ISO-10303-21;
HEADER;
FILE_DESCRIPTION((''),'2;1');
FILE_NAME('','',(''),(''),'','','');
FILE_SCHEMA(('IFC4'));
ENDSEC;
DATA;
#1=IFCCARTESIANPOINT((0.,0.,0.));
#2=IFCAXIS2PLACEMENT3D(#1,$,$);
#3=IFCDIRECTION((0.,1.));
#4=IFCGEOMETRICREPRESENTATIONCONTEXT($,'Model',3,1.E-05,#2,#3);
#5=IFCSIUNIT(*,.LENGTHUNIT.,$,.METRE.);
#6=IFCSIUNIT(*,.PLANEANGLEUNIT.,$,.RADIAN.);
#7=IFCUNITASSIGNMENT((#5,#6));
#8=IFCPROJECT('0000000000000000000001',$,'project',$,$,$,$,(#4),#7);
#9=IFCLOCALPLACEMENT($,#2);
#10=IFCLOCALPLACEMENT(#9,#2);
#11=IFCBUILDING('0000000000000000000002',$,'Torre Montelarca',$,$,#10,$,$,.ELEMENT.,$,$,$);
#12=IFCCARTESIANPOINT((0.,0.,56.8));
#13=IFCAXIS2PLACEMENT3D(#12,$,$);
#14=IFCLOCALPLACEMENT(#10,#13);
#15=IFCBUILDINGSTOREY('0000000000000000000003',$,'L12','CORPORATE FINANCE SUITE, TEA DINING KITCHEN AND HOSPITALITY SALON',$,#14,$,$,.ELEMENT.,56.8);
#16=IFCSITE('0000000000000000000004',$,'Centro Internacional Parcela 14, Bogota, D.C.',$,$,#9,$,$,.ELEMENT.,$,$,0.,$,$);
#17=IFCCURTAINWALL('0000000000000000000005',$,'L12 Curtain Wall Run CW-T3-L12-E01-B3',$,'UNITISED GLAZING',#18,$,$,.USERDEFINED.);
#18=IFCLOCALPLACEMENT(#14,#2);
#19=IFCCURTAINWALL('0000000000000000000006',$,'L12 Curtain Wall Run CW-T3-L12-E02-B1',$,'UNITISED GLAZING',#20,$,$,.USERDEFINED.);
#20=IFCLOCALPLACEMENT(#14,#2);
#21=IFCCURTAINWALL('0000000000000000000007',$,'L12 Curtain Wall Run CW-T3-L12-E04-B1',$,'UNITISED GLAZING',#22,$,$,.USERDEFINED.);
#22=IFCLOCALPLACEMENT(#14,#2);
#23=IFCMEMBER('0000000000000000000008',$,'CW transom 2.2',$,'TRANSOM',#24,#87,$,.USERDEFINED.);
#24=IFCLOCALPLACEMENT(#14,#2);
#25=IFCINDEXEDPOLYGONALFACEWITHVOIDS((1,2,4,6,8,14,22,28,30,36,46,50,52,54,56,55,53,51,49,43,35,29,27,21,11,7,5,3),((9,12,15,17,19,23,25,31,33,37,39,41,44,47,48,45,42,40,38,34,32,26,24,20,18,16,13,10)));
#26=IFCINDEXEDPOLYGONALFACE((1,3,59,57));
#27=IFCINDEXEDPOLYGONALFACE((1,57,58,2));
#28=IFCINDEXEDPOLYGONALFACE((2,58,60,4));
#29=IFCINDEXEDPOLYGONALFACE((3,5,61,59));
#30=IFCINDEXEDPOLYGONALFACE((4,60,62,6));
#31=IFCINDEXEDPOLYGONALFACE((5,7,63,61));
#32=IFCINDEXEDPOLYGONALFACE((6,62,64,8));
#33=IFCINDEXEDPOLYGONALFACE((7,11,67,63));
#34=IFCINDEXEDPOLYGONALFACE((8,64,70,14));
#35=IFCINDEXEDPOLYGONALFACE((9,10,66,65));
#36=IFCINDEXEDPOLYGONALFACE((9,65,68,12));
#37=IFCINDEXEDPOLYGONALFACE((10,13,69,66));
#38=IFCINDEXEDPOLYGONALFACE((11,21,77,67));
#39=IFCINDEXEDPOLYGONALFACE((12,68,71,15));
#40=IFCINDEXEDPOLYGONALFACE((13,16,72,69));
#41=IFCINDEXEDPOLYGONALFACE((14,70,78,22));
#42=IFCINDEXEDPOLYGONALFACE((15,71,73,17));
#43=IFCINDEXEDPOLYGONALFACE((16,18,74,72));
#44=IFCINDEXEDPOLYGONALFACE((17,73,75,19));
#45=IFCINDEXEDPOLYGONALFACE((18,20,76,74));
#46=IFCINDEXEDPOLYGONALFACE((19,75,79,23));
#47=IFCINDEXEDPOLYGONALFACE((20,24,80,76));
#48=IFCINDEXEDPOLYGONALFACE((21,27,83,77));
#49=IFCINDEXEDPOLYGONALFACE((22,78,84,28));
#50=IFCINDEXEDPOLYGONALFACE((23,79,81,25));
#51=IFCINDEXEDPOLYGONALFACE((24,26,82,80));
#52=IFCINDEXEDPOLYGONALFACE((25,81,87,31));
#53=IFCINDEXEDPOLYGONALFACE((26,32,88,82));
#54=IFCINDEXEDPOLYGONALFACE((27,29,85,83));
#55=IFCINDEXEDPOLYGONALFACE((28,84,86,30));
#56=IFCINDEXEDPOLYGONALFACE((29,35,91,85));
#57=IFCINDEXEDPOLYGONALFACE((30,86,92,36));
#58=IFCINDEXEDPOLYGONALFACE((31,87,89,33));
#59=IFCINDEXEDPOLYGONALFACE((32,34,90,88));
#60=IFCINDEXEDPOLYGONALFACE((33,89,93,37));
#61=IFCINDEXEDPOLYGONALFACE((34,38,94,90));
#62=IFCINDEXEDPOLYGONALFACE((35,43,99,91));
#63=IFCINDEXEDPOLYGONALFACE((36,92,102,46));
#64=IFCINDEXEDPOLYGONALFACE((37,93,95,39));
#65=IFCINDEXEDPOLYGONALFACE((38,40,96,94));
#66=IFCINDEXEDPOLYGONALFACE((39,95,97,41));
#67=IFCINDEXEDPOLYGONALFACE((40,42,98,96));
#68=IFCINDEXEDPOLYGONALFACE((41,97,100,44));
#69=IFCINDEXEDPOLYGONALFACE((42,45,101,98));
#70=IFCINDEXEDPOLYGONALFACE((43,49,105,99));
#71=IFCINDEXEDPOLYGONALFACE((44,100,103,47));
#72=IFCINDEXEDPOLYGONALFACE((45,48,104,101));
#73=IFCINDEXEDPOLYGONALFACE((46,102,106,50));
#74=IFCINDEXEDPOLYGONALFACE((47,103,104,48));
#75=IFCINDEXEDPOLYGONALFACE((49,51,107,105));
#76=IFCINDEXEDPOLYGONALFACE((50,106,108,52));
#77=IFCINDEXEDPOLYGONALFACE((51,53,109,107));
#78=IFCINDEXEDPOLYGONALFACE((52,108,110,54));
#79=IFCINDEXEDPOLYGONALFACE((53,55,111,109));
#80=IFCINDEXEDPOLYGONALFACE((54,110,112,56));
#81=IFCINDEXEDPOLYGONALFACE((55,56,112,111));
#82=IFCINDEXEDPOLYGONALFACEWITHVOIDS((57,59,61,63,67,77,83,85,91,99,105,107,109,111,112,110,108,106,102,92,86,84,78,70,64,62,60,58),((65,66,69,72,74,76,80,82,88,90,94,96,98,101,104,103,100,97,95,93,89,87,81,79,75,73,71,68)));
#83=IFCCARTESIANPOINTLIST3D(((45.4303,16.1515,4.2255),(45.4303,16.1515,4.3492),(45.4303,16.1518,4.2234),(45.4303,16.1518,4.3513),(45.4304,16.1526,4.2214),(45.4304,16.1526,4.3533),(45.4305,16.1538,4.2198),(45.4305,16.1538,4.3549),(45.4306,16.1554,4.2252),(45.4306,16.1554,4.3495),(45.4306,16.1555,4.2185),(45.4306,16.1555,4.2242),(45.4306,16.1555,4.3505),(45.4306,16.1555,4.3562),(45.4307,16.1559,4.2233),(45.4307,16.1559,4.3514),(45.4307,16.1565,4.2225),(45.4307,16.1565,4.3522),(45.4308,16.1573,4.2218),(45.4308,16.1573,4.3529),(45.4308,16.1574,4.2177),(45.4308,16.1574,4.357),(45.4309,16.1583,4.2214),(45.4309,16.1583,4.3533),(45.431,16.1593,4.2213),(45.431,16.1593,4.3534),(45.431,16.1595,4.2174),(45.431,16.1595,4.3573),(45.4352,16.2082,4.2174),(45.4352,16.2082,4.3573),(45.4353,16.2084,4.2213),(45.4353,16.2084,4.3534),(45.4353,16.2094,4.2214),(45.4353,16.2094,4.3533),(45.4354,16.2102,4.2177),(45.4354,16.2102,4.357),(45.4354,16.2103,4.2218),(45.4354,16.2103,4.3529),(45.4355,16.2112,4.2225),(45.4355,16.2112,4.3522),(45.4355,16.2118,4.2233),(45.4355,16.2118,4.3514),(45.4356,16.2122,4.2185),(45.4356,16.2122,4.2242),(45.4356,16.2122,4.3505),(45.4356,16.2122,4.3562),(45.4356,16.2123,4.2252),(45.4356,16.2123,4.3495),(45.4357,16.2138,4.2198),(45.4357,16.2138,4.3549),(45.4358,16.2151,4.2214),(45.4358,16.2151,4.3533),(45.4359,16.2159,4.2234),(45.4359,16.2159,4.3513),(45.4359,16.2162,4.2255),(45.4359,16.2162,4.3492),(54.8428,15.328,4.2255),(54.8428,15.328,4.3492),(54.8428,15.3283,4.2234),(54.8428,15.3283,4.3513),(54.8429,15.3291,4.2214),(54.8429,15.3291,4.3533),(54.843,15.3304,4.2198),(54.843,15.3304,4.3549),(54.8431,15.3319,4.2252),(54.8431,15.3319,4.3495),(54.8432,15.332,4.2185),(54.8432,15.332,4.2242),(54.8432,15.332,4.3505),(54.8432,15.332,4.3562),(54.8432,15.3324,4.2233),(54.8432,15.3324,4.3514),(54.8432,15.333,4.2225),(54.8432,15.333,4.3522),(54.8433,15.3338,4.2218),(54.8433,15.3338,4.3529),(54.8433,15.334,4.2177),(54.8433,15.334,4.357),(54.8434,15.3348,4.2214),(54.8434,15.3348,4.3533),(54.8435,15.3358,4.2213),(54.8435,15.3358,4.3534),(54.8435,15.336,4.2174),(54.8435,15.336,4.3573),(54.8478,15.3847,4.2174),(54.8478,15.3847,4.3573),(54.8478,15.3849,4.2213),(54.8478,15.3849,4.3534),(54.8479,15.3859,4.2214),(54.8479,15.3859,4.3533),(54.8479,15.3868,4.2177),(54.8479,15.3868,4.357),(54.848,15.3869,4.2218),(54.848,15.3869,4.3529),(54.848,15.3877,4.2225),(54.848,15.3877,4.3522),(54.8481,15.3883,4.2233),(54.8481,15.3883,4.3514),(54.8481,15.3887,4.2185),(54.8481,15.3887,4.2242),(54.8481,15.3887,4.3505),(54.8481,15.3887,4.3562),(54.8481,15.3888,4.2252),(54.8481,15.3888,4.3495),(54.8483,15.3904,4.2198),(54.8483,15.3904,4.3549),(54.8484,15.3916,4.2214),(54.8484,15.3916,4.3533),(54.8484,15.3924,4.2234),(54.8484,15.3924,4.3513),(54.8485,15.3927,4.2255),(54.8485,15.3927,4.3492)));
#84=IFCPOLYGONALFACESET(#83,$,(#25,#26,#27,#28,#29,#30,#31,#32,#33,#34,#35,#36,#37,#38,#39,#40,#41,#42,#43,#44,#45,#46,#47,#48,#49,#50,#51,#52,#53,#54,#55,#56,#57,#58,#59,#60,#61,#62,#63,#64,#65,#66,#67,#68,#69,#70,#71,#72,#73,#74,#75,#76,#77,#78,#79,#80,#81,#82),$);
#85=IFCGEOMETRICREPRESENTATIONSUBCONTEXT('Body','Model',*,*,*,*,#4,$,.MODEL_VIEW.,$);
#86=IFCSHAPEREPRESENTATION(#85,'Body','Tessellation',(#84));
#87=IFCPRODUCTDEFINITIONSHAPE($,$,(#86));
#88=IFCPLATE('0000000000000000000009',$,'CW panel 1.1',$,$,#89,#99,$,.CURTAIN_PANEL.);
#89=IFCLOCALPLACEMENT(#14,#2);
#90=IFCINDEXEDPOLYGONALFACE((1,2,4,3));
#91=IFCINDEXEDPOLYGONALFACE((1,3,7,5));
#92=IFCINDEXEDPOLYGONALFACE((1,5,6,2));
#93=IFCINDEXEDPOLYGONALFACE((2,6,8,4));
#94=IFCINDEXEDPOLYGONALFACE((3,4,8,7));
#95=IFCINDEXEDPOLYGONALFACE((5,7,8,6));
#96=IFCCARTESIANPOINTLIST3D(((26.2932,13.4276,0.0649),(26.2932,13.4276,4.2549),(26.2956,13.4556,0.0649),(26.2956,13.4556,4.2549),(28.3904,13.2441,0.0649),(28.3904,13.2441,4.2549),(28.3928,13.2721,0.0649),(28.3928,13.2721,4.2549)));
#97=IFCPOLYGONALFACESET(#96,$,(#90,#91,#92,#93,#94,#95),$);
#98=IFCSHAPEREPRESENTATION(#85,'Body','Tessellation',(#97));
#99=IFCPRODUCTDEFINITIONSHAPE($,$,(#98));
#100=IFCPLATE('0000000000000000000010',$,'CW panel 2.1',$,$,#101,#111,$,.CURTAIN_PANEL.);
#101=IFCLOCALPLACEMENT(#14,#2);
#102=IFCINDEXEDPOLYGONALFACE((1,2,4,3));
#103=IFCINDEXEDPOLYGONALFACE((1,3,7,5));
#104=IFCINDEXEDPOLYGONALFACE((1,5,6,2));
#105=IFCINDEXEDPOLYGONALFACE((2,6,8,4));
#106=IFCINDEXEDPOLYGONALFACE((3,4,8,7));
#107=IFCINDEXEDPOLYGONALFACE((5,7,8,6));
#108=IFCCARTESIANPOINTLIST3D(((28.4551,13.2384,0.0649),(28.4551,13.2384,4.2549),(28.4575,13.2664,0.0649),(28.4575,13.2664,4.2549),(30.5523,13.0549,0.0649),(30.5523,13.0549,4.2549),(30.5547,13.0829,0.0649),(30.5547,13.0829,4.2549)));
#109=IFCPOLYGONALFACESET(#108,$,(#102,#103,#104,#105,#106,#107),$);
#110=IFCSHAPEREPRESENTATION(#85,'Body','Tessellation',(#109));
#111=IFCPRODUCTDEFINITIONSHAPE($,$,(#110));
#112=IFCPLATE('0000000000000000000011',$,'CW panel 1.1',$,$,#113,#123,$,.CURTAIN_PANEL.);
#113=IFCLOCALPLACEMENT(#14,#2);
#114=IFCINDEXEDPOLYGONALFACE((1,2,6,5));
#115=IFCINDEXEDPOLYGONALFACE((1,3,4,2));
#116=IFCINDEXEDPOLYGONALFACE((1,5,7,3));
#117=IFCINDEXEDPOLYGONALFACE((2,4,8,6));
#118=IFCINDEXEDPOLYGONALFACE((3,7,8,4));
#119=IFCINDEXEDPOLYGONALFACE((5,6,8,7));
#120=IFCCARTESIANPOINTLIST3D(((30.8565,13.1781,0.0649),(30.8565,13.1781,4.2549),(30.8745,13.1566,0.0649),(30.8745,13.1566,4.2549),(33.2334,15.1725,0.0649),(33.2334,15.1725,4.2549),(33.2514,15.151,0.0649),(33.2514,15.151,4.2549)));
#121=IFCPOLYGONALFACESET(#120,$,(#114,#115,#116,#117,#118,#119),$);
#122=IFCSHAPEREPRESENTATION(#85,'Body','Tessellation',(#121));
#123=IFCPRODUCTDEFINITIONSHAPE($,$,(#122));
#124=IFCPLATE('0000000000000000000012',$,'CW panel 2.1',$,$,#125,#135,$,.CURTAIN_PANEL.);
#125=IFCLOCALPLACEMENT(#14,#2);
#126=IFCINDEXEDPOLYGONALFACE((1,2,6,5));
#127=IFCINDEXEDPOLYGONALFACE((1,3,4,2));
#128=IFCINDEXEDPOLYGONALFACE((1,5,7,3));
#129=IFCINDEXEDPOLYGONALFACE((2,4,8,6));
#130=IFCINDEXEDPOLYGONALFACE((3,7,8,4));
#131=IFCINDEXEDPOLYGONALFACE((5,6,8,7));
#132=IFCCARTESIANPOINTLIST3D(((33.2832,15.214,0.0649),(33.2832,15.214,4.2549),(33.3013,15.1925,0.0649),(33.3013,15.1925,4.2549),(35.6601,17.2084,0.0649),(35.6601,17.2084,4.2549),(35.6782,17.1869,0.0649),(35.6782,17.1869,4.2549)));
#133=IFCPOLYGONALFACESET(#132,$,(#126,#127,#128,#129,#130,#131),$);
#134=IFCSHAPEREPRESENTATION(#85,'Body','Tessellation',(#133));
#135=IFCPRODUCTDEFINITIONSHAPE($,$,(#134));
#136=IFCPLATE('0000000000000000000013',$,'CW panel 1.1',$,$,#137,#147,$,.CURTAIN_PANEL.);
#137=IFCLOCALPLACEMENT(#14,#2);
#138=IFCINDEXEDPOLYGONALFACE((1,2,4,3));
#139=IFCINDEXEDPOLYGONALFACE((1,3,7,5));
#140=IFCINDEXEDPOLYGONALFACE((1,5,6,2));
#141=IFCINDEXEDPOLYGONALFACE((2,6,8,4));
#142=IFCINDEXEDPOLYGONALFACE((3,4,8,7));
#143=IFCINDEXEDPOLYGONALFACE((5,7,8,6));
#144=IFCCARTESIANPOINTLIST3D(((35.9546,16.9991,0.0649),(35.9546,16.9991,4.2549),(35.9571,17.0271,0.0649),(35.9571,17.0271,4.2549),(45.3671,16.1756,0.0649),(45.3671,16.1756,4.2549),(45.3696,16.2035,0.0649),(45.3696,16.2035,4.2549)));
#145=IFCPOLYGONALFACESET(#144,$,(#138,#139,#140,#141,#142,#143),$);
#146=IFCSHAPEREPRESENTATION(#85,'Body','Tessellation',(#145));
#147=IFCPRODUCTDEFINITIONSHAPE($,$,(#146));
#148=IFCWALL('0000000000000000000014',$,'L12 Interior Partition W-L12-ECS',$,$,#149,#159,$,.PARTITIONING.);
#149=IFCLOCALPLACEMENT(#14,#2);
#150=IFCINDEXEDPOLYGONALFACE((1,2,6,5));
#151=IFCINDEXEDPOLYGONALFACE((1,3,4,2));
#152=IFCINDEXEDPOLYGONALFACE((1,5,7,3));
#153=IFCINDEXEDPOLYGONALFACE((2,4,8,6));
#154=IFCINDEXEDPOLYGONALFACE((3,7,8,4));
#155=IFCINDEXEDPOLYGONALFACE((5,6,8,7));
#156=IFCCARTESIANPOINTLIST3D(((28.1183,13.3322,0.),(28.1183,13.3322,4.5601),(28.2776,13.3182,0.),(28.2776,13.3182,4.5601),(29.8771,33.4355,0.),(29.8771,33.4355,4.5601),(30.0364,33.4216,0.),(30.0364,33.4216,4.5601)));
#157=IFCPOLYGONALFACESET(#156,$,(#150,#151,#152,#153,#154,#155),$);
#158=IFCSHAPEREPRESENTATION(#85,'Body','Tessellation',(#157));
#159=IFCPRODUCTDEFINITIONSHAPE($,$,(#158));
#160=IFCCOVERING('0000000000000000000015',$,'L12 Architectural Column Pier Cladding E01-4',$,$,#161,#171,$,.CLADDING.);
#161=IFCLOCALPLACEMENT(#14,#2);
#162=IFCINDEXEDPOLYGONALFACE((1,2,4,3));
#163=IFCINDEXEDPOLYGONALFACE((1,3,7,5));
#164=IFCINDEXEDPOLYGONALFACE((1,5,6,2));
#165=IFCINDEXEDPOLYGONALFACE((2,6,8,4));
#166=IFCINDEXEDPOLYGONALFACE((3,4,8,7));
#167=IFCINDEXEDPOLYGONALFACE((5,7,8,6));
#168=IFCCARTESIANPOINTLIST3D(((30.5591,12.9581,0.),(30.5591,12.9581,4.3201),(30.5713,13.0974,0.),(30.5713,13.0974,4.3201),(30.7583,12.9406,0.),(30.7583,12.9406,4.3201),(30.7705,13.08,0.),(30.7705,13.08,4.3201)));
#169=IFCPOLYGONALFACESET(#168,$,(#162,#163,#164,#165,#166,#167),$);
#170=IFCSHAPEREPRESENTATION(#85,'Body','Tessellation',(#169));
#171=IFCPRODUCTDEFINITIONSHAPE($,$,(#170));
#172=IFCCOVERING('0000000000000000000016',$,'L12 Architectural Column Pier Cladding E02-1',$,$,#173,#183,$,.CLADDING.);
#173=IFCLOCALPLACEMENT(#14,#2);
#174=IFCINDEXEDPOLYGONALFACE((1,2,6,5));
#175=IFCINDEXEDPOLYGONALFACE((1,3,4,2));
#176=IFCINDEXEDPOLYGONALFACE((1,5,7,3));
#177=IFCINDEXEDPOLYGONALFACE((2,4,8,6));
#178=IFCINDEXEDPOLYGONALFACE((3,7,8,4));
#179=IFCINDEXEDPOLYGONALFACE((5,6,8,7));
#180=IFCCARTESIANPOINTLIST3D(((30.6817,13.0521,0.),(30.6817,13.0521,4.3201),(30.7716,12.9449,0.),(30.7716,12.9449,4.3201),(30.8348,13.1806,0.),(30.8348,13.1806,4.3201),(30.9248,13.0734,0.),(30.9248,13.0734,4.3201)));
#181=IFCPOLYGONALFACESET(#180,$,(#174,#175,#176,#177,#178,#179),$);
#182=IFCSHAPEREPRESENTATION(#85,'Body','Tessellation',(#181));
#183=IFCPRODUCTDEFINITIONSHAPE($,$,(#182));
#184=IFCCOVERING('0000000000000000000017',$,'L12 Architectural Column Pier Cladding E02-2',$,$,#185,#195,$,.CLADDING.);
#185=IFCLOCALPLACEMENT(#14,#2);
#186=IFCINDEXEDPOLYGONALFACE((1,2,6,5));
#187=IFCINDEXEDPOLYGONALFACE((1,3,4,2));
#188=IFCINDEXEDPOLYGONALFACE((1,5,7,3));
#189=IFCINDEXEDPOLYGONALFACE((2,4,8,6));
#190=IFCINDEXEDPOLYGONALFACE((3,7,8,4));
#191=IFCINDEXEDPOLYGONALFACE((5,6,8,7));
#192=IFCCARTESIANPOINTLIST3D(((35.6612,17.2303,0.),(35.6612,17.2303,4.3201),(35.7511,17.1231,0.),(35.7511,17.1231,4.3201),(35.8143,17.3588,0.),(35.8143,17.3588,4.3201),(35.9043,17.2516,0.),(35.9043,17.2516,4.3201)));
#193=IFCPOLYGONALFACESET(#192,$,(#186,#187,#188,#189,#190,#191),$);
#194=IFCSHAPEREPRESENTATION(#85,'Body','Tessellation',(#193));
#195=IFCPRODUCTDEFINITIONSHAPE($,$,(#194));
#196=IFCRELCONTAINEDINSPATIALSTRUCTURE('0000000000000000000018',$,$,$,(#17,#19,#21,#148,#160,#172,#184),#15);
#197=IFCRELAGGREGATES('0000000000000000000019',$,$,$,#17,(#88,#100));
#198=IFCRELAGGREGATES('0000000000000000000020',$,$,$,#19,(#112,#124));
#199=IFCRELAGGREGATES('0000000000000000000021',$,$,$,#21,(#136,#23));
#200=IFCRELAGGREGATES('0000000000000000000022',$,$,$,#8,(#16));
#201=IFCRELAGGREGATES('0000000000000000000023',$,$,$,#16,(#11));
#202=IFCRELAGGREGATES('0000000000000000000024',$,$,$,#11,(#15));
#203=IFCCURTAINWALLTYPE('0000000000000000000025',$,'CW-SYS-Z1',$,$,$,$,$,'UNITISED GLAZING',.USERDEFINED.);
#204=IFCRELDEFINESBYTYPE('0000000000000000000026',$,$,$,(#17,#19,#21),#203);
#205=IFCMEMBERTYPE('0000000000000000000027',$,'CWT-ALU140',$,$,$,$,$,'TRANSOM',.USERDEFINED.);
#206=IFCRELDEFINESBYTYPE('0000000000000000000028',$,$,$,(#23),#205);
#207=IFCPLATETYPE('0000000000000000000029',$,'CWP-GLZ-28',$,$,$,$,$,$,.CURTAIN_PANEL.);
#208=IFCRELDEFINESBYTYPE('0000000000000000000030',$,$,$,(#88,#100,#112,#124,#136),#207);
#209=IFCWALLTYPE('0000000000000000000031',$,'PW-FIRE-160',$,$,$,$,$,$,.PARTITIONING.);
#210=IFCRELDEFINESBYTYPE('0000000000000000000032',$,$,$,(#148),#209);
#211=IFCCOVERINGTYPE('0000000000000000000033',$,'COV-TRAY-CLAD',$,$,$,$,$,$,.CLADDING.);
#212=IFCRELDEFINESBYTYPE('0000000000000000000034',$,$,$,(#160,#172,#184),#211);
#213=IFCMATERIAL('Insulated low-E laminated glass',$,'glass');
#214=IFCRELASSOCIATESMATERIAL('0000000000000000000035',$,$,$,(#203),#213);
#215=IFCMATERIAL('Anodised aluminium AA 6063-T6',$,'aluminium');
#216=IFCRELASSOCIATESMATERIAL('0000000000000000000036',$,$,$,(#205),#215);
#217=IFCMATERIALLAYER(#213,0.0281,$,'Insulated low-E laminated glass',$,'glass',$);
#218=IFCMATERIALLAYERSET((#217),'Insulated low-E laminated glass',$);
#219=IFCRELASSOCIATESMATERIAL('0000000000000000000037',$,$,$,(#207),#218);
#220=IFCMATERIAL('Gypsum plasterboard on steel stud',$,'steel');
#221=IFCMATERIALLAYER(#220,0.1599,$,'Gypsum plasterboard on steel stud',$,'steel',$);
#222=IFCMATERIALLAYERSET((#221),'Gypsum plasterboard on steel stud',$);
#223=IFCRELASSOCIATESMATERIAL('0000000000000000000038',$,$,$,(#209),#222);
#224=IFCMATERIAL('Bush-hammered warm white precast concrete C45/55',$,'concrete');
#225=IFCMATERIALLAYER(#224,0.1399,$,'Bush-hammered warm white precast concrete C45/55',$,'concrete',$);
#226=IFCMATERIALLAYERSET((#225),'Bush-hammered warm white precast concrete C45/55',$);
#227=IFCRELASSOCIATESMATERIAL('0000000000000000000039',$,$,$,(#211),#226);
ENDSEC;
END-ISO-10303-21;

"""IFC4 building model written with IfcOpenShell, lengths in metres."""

from ifc_helpers import new_model, si_unit, direction, frame, frame_2d, origin, origin_2d, place, context, subcontext, project, spatial, rectangle, hollow_rectangle, extrude, source, transform, mapped, material, layer, layer_set, material_profile, profile_set, type_object, element, aggregate, save


model = new_model("IFC4")

# Units and contexts
model_context = context("Model", 3, precision=1e-05, world=origin(), true_north=direction((0.0, 1.0)))
body_context = subcontext(model_context, "Body", "Model", "MODEL_VIEW")
ifc_project = project(units=[si_unit("LENGTHUNIT", "METRE"), si_unit("PLANEANGLEUNIT", "RADIAN")], contexts=[model_context])

# Site, building, storey
site_placement = place(None, origin())
site = spatial("IfcSite", under=ifc_project, at=site_placement, Name="Centro Internacional Parcela 14, Bogota, D.C.", CompositionType="ELEMENT", RefElevation=0.0)
building_placement = place(site_placement, origin())
building = spatial("IfcBuilding", under=site, at=building_placement, Name="Torre Montelarca", CompositionType="ELEMENT")
storey_placement = place(building_placement, frame((0.0, 0.0, 56.8)))
storey = spatial("IfcBuildingStorey", under=building, at=storey_placement, Name="L12", Description="CORPORATE FINANCE SUITE, TEA DINING KITCHEN AND HOSPITALITY SALON", CompositionType="ELEMENT", Elevation=56.8)

# Shared definitions
ifc_material_1 = material(Name="Insulated low-E laminated glass", Category="glass")
curtain_wall_type = type_object("IfcCurtainWallType", Name="CW-SYS-Z1", ElementType="UNITISED GLAZING", PredefinedType="USERDEFINED", material=ifc_material_1)
ifc_material_2 = material(Name="Anodised aluminium AA 6063-T6", Category="aluminium")

# Curtain walls
curtain_wall_1_placement = place(storey_placement, origin())
curtain_wall_1 = element("IfcCurtainWall", 1, at=curtain_wall_1_placement, inside=storey, type_object=curtain_wall_type, Name="L12 Curtain Wall Run CW-T3-L12-E01-B3", ObjectType="UNITISED GLAZING", PredefinedType="USERDEFINED")
curtain_wall_2_placement = place(storey_placement, origin())
curtain_wall_2 = element("IfcCurtainWall", 2, at=curtain_wall_2_placement, inside=storey, type_object=curtain_wall_type, Name="L12 Curtain Wall Run CW-T3-L12-E02-B1", ObjectType="UNITISED GLAZING", PredefinedType="USERDEFINED")
curtain_wall_3_placement = place(storey_placement, origin())
curtain_wall_3 = element("IfcCurtainWall", 3, at=curtain_wall_3_placement, inside=storey, type_object=curtain_wall_type, Name="L12 Curtain Wall Run CW-T3-L12-E04-B1", ObjectType="UNITISED GLAZING", PredefinedType="USERDEFINED")

# Member
ifc_material_profile_1 = material_profile(ifc_material_2, hollow_rectangle(XDim=0.0649, YDim=0.1399, WallThickness=0.0039, InnerFilletRadius=0.0039, OuterFilletRadius=0.0081, at=origin_2d()), Name="ALU65X140X4", Category="aluminium")
ifc_profile_set_1 = profile_set([ifc_material_profile_1], Name="Anodised aluminium AA 6063-T6")
member_type_1 = type_object("IfcMemberType", Name="CWT-ALU140", ElementType="TRANSOM", PredefinedType="USERDEFINED", material=ifc_profile_set_1)
shared_shape_1 = source(origin(), body_context, "Body", "SweptSolid", [
    extrude(hollow_rectangle(XDim=0.0649, YDim=0.1399, WallThickness=0.0039, InnerFilletRadius=0.0039, OuterFilletRadius=0.0081, at=origin_2d()), origin(), (0.0, 0.0, 1.0), 9.4485),
])
member_1_placement = place(storey_placement, frame((45.4331, 16.1838, 4.2874), z_axis=(0.996195, -0.087155, 0.0), x_axis=(0.087155, 0.996195, 0.0)))
member_1 = element("IfcMember", 4, at=member_1_placement, type_object=member_type_1, Name="CW transom 2.2", ObjectType="TRANSOM", PredefinedType="USERDEFINED", context=body_context, shape_type="MappedRepresentation", body=[
    mapped(shared_shape_1, transform((0.0, 0.0, 0.0), scale=1.0)),
])

# Plates
ifc_layer_1 = layer(ifc_material_1, 0.0281, Name="Insulated low-E laminated glass", Category="glass")
ifc_layer_set_1 = layer_set([ifc_layer_1], Name="Insulated low-E laminated glass")
plate_type = type_object("IfcPlateType", Name="CWP-GLZ-28", PredefinedType="CURTAIN_PANEL", material=ifc_layer_set_1)
shared_shape_2 = source(origin(), body_context, "Body", "SweptSolid", [
    extrude(rectangle(XDim=2.1052, YDim=0.0281, at=origin_2d()), origin(), (0.0, 0.0, 1.0), 4.1899),
])
plate_1_placement = place(storey_placement, frame((27.343, 13.3499, 0.0649), z_axis=(0.0, 0.0, 1.0), x_axis=(0.996194, -0.08716, 0.0)))
plate_1 = element("IfcPlate", 5, at=plate_1_placement, type_object=plate_type, Name="CW panel 1.1", PredefinedType="CURTAIN_PANEL", context=body_context, shape_type="MappedRepresentation", body=[
    mapped(shared_shape_2, transform((0.0, 0.0, 0.0), scale=1.0)),
])
plate_2_placement = place(storey_placement, frame((29.5049, 13.1606, 0.0649), z_axis=(0.0, 0.0, 1.0), x_axis=(0.996194, -0.08716, 0.0)))
plate_2 = element("IfcPlate", 6, at=plate_2_placement, type_object=plate_type, Name="CW panel 2.1", PredefinedType="CURTAIN_PANEL", context=body_context, shape_type="MappedRepresentation", body=[
    mapped(shared_shape_2, transform((0.0, 0.0, 0.0), scale=1.0)),
])
aggregate(curtain_wall_1, [plate_1, plate_2])
shared_shape_3 = source(origin(), body_context, "Body", "SweptSolid", [
    extrude(rectangle(XDim=3.1028, YDim=0.0281, at=origin_2d()), origin(), (0.0, 0.0, 1.0), 4.1899),
])
plate_3_placement = place(storey_placement, frame((32.054, 14.1646, 0.0649), z_axis=(0.0, 0.0, 1.0), x_axis=(0.766053, 0.642778, 0.0)))
plate_3 = element("IfcPlate", 7, at=plate_3_placement, type_object=plate_type, Name="CW panel 1.1", PredefinedType="CURTAIN_PANEL", context=body_context, shape_type="MappedRepresentation", body=[
    mapped(shared_shape_3, transform((0.0, 0.0, 0.0), scale=1.0)),
])
plate_4_placement = place(storey_placement, frame((34.4807, 16.2004, 0.0649), z_axis=(0.0, 0.0, 1.0), x_axis=(0.766053, 0.642778, 0.0)))
plate_4 = element("IfcPlate", 8, at=plate_4_placement, type_object=plate_type, Name="CW panel 2.1", PredefinedType="CURTAIN_PANEL", context=body_context, shape_type="MappedRepresentation", body=[
    mapped(shared_shape_3, transform((0.0, 0.0, 0.0), scale=1.0)),
])
aggregate(curtain_wall_2, [plate_3, plate_4])
shared_shape_4 = source(origin(), body_context, "Body", "SweptSolid", [
    extrude(rectangle(XDim=9.4485, YDim=0.0281, at=origin_2d()), origin(), (0.0, 0.0, 1.0), 4.1899),
])
plate_5_placement = place(storey_placement, frame((40.6621, 16.6013, 0.0649), z_axis=(0.0, 0.0, 1.0), x_axis=(0.996194, -0.087162, 0.0)))
plate_5 = element("IfcPlate", 9, at=plate_5_placement, type_object=plate_type, Name="CW panel 1.1", PredefinedType="CURTAIN_PANEL", context=body_context, shape_type="MappedRepresentation", body=[
    mapped(shared_shape_4, transform((0.0, 0.0, 0.0), scale=1.0)),
])
aggregate(curtain_wall_3, [plate_5, member_1])

# Wall
ifc_material_3 = material(Name="Gypsum plasterboard on steel stud", Category="steel")
ifc_layer_2 = layer(ifc_material_3, 0.1599, Name="Gypsum plasterboard on steel stud", Category="steel")
ifc_layer_set_2 = layer_set([ifc_layer_2], Name="Gypsum plasterboard on steel stud")
wall_type = type_object("IfcWallType", Name="PW-FIRE-160", PredefinedType="PARTITIONING", material=ifc_layer_set_2)
wall_placement = place(storey_placement, frame((28.198, 13.3252, 0.0), z_axis=(0.0, 0.0, 1.0), x_axis=(0.087155, 0.996195, 0.0)))
element("IfcWall", 10, at=wall_placement, inside=storey, type_object=wall_type, Name="L12 Interior Partition W-L12-ECS", PredefinedType="PARTITIONING", context=body_context, shape_type="SweptSolid", body=[
    extrude(rectangle(XDim=20.1802, YDim=0.1599, at=frame_2d((10.0901, 0.0))), origin(), (0.0, 0.0, 1.0), 4.5601),
])

# Coverings
ifc_material_4 = material(Name="Bush-hammered warm white precast concrete C45/55", Category="concrete")
ifc_layer_3 = layer(ifc_material_4, 0.1399, Name="Bush-hammered warm white precast concrete C45/55", Category="concrete")
ifc_layer_set_3 = layer_set([ifc_layer_3], Name="Bush-hammered warm white precast concrete C45/55")
covering_type = type_object("IfcCoveringType", Name="COV-TRAY-CLAD", PredefinedType="CLADDING", material=ifc_layer_set_3)
shared_shape_5 = source(origin(), body_context, "Body", "SweptSolid", [
    extrude(rectangle(XDim=0.2, YDim=0.1399, at=origin_2d()), origin(), (0.0, 0.0, 1.0), 4.3201),
])
for number, where, z_axis, x_axis, name in (
    (11, (30.6648, 13.019, 0.0), (0.0, 0.0, 1.0), (0.996195, -0.087157, 0.0), "L12 Architectural Column Pier Cladding E01-4"),
    (12, (30.8032, 13.0627, 0.0), (0.0, 0.0, 1.0), (0.766049, 0.642782, 0.0), "L12 Architectural Column Pier Cladding E02-1"),
    (13, (35.7827, 17.241, 0.0), (0.0, 0.0, 1.0), (0.766049, 0.642782, 0.0), "L12 Architectural Column Pier Cladding E02-2"),
):
    element("IfcCovering", number, at=place(storey_placement, frame(where, z_axis=z_axis, x_axis=x_axis)), inside=storey, type_object=covering_type, Name=name, PredefinedType="CLADDING", context=body_context, shape_type="MappedRepresentation", body=[
        mapped(shared_shape_5, transform((0.0, 0.0, 0.0), scale=1.0)),
    ])

save(model, "model.ifc")
